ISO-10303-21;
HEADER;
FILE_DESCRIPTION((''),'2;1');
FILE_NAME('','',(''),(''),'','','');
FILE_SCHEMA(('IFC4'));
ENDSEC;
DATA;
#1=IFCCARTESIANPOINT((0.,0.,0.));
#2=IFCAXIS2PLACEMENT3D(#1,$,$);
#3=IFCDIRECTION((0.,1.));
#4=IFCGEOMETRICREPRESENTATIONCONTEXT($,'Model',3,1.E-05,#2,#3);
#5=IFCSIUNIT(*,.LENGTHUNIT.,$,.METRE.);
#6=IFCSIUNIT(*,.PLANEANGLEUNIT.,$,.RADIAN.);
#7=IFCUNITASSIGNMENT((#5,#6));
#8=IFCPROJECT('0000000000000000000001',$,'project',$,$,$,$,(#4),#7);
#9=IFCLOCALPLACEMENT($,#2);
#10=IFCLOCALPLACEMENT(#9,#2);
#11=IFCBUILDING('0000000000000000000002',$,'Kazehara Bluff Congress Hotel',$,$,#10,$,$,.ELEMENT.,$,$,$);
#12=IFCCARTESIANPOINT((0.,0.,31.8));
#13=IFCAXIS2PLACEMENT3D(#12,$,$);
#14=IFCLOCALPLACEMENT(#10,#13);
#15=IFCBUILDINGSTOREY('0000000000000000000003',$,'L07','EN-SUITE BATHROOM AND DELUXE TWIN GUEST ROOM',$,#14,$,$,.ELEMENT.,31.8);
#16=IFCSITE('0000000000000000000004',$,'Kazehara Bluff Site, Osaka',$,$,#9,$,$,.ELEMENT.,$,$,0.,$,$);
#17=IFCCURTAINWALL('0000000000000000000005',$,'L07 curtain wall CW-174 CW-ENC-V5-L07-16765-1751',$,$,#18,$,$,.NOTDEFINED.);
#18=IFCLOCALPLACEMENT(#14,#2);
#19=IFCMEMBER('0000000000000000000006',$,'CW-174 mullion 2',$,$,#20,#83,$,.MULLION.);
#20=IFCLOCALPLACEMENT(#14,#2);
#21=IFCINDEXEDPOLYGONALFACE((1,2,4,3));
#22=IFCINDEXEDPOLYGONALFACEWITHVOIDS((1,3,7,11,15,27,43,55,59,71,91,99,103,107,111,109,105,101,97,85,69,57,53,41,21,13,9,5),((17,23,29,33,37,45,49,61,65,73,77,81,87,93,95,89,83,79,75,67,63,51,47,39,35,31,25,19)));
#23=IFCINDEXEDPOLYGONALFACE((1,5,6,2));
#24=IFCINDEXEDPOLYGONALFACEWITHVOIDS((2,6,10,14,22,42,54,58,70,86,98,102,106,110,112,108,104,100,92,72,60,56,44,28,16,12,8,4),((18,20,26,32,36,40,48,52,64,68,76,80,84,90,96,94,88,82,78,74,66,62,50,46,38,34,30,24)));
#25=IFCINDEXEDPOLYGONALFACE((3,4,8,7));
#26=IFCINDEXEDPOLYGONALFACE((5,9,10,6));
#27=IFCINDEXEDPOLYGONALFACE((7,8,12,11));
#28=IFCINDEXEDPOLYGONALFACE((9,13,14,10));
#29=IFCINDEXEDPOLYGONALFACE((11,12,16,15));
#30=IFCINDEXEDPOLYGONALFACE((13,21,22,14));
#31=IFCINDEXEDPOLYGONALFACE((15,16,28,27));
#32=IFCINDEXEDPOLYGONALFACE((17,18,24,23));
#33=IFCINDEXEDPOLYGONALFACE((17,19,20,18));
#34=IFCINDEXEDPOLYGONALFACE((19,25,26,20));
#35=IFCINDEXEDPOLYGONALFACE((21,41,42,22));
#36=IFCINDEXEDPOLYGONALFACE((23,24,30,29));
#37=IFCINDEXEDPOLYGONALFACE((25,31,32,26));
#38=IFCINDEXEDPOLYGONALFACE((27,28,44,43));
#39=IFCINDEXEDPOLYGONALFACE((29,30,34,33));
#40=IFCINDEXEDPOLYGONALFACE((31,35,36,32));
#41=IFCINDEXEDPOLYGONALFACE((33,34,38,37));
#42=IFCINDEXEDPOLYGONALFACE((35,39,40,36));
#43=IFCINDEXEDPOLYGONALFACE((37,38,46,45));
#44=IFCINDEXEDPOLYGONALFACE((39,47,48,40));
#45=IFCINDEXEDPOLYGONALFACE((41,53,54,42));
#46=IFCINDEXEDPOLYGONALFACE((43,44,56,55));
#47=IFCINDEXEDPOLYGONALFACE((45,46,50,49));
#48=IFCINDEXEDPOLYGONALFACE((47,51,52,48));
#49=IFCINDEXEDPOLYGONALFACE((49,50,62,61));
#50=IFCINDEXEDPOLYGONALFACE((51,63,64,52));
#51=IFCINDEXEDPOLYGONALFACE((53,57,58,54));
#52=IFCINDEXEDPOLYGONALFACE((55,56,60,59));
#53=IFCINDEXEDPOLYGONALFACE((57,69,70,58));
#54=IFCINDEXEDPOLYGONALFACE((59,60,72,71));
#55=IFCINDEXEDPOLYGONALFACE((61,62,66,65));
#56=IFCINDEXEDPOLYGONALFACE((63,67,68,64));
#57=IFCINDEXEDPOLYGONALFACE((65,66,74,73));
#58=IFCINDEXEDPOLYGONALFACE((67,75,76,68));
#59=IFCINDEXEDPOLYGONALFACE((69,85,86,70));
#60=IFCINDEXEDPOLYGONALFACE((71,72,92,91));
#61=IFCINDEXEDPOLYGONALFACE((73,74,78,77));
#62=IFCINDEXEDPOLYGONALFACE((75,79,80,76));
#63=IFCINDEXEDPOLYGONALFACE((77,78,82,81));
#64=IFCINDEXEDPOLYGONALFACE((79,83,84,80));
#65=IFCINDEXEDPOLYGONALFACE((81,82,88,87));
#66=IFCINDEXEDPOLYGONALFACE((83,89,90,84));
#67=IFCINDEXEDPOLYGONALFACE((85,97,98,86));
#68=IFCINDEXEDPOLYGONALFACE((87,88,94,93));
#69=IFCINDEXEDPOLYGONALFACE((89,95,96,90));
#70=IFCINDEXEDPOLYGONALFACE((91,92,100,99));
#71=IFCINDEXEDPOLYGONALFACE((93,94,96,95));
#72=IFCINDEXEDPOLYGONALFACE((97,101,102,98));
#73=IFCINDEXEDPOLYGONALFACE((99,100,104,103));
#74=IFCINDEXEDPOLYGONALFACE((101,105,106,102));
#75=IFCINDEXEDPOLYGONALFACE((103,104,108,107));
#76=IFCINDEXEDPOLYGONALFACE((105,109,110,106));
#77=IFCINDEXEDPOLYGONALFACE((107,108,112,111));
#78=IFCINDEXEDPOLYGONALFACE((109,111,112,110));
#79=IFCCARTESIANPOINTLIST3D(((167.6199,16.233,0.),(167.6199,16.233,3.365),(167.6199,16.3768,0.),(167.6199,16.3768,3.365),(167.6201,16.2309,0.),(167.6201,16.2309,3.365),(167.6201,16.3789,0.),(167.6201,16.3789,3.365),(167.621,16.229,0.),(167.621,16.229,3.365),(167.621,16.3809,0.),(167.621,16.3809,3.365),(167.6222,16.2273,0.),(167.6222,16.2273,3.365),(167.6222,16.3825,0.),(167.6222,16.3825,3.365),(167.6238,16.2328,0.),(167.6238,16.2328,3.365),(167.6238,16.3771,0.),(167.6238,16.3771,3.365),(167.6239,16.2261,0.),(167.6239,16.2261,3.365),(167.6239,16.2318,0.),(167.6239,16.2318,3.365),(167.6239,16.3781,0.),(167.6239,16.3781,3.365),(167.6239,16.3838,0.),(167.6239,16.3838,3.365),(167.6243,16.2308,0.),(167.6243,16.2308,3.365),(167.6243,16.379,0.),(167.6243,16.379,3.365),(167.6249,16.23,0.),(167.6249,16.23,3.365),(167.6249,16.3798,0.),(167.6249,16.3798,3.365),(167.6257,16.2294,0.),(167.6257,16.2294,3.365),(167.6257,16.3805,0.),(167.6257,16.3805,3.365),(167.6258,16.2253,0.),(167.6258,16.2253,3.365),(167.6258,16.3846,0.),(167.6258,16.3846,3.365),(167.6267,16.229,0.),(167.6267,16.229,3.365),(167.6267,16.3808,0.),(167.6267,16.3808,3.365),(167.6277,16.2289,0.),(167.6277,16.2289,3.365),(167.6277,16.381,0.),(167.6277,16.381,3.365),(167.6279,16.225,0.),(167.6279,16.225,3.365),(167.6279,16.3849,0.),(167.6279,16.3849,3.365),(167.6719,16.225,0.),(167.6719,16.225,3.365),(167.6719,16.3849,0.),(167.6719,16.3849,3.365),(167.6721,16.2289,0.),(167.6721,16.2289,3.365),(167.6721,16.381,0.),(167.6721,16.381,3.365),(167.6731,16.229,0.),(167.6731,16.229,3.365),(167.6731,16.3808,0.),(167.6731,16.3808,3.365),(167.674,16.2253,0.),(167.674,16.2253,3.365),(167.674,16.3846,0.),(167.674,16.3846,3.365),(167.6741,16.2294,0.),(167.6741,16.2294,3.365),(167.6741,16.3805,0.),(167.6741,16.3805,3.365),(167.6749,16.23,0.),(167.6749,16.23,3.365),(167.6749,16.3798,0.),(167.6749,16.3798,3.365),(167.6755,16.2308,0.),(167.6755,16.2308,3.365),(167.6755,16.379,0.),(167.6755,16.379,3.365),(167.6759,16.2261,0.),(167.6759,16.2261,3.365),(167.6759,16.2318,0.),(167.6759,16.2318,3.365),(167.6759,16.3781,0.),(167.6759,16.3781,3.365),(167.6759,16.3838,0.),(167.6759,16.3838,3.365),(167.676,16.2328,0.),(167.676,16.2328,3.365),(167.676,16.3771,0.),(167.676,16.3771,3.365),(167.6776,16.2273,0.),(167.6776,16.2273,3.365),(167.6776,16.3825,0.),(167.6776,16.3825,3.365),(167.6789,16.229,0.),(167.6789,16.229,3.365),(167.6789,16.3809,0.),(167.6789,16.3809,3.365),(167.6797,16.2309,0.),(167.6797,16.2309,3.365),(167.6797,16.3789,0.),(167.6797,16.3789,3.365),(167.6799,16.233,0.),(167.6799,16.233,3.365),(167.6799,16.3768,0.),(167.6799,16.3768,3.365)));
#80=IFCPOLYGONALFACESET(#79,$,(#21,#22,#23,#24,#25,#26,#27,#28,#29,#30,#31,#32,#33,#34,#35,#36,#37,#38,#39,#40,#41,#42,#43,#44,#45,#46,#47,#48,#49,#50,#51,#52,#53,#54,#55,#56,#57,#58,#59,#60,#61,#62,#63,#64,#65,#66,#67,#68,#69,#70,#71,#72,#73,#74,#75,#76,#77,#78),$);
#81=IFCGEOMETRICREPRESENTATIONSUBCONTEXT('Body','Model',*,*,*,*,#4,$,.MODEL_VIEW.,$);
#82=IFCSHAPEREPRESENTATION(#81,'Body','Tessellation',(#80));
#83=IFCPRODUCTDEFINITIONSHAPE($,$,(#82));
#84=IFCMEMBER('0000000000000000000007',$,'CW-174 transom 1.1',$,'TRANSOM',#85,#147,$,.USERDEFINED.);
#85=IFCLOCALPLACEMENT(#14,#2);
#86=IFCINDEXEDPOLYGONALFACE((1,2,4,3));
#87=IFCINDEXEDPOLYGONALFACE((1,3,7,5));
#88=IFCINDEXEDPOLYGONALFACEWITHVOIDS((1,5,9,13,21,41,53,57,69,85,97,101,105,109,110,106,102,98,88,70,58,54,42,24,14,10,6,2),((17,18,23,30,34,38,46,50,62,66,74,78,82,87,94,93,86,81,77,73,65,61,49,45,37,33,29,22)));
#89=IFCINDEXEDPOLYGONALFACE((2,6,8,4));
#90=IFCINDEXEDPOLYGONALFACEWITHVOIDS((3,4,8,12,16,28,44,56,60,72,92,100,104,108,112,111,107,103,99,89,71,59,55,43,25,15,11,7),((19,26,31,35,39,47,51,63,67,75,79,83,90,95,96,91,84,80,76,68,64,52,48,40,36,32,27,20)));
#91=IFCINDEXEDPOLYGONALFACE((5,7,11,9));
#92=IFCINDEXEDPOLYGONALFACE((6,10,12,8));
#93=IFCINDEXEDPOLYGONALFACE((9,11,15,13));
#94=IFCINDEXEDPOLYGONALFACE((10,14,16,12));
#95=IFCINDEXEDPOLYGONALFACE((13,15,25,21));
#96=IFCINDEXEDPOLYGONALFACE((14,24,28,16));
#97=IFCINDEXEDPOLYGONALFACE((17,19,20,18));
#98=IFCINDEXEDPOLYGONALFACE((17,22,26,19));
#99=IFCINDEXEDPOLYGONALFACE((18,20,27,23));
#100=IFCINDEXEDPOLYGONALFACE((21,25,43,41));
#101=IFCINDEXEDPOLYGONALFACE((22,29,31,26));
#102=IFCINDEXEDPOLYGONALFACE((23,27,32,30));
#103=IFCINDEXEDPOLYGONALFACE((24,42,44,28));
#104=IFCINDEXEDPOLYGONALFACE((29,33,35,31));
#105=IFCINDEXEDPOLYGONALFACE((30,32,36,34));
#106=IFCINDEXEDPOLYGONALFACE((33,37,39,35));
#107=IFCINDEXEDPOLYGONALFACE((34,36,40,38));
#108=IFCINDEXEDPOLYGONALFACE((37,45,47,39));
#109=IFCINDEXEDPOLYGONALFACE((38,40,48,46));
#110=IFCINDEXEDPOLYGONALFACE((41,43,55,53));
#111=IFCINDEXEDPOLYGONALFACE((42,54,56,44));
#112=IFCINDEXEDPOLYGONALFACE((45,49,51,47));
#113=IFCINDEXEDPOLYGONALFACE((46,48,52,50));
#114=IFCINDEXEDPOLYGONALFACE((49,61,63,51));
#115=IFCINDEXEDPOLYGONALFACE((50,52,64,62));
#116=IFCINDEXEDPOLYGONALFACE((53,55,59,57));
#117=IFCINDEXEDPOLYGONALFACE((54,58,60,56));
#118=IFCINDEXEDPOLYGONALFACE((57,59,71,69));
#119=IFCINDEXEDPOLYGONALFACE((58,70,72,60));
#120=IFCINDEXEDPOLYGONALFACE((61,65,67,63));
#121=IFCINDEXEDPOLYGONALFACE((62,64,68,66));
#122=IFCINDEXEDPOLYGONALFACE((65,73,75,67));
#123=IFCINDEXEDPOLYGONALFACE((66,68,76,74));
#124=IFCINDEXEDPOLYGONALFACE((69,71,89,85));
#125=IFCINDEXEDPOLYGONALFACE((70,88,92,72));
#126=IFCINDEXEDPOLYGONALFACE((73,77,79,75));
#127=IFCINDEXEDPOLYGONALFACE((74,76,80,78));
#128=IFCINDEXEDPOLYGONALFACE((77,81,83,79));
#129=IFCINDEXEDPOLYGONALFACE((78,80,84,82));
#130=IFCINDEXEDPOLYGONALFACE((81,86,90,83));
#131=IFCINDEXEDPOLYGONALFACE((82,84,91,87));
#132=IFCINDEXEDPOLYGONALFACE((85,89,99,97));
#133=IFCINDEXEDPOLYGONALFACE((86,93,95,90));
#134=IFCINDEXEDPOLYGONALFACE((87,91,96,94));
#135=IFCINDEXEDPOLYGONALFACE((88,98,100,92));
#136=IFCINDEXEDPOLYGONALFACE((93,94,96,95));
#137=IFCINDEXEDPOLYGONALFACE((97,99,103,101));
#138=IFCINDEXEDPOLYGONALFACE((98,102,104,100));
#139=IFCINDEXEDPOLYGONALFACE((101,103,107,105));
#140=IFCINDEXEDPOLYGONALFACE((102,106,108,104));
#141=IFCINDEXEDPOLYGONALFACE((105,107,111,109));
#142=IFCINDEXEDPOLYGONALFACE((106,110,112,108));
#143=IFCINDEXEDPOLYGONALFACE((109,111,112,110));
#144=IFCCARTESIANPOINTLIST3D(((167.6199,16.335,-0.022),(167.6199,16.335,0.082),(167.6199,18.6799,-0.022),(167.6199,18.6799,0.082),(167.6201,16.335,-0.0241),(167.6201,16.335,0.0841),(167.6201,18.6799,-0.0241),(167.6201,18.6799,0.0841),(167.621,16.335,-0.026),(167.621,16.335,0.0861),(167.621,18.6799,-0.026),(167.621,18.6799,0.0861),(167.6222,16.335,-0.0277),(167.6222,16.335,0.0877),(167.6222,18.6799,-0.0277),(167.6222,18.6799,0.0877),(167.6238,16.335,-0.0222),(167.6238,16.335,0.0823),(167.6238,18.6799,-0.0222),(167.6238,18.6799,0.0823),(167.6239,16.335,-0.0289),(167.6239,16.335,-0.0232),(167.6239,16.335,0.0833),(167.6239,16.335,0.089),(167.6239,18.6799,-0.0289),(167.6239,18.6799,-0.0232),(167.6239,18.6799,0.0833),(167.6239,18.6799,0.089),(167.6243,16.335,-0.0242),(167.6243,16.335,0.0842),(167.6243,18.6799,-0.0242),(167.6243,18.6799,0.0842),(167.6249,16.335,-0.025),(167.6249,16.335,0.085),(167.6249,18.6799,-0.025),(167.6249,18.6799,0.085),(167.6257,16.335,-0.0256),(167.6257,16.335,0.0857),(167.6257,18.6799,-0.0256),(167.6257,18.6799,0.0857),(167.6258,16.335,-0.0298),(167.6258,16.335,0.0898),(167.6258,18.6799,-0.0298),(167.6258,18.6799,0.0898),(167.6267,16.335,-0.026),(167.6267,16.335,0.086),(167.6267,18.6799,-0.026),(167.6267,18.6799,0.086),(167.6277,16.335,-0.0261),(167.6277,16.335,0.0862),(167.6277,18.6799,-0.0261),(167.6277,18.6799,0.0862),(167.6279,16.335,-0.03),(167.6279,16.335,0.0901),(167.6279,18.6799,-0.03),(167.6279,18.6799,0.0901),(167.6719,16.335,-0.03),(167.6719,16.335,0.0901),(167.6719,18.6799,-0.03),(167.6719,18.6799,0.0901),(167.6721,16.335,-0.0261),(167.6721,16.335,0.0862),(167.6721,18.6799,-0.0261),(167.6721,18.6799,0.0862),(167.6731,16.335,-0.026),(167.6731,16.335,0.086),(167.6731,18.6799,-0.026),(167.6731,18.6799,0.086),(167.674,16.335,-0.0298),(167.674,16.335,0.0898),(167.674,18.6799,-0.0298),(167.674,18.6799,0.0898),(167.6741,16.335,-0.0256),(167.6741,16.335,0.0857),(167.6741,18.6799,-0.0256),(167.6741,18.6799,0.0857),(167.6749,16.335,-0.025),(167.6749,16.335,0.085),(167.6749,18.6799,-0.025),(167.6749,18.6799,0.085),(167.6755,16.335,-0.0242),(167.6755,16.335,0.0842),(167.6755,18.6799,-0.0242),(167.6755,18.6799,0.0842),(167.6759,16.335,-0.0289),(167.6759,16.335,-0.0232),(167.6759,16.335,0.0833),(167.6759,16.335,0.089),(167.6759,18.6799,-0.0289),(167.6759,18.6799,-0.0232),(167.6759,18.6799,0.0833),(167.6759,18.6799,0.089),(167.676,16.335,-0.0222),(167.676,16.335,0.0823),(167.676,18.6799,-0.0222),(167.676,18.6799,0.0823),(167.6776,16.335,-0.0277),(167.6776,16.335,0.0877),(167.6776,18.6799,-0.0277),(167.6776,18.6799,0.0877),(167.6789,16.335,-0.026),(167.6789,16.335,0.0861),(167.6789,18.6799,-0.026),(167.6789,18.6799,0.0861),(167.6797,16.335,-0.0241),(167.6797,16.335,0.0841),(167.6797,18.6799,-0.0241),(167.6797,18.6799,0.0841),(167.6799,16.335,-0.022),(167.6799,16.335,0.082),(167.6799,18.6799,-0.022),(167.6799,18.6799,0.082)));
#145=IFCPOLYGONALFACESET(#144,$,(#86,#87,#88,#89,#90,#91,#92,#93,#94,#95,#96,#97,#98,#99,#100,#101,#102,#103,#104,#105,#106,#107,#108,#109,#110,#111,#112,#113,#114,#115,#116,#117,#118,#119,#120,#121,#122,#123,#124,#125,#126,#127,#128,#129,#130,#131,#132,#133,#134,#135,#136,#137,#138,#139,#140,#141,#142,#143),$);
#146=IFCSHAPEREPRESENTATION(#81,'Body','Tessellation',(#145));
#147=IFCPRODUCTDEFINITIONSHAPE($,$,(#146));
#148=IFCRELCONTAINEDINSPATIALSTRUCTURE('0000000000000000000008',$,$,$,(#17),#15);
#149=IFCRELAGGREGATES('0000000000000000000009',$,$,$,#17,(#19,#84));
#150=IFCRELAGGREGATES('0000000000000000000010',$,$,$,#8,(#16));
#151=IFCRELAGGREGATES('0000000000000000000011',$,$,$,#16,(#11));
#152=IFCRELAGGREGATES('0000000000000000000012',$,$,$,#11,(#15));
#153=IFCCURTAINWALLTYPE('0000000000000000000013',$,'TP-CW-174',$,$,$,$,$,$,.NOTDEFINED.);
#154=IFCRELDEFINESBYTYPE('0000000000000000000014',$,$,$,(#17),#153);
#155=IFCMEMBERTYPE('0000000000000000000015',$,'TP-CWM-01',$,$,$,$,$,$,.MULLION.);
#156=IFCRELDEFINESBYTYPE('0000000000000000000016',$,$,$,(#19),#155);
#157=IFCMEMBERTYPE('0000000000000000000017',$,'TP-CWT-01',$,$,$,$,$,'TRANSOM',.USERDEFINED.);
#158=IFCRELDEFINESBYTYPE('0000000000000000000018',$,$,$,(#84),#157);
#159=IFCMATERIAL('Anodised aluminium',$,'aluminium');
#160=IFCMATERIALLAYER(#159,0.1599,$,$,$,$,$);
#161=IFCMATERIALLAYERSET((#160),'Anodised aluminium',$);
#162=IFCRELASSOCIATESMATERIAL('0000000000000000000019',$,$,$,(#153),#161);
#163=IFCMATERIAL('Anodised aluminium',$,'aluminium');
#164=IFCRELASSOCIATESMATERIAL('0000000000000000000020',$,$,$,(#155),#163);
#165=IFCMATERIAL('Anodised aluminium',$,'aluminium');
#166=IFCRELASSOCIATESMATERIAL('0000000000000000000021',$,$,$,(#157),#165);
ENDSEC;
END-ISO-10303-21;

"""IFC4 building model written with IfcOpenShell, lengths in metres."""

from ifc_helpers import new_model, si_unit, direction, frame, origin, origin_2d, place, context, subcontext, project, spatial, hollow_rectangle, extrude, material, layer, layer_set, material_profile, profile_set, type_object, element, aggregate, save


model = new_model("IFC4")

# Units and contexts
model_context = context("Model", 3, precision=1e-05, world=origin(), true_north=direction((0.0, 1.0)))
body_context = subcontext(model_context, "Body", "Model", "MODEL_VIEW")
ifc_project = project(units=[si_unit("LENGTHUNIT", "METRE"), si_unit("PLANEANGLEUNIT", "RADIAN")], contexts=[model_context])

# Site, building, storey
site_placement = place(None, origin())
site = spatial("IfcSite", under=ifc_project, at=site_placement, Name="Kazehara Bluff Site, Osaka", CompositionType="ELEMENT", RefElevation=0.0)
building_placement = place(site_placement, origin())
building = spatial("IfcBuilding", under=site, at=building_placement, Name="Kazehara Bluff Congress Hotel", CompositionType="ELEMENT")
storey_placement = place(building_placement, frame((0.0, 0.0, 31.8)))
storey = spatial("IfcBuildingStorey", under=building, at=storey_placement, Name="L07", Description="EN-SUITE BATHROOM AND DELUXE TWIN GUEST ROOM", CompositionType="ELEMENT", Elevation=31.8)

# Curtain wall, members
ifc_material_1 = material(Name="Anodised aluminium", Category="aluminium")
ifc_layer_1 = layer(ifc_material_1, 0.1599)
ifc_layer_set_1 = layer_set([ifc_layer_1], Name="Anodised aluminium")
curtain_wall_type = type_object("IfcCurtainWallType", Name="TP-CW-174", PredefinedType="NOTDEFINED", material=ifc_layer_set_1)
curtain_wall_placement = place(storey_placement, origin())
curtain_wall = element("IfcCurtainWall", 1, at=curtain_wall_placement, inside=storey, type_object=curtain_wall_type, Name="L07 curtain wall CW-174 CW-ENC-V5-L07-16765-1751", PredefinedType="NOTDEFINED")
ifc_material_2 = material(Name="Anodised aluminium", Category="aluminium")
ifc_material_profile_1 = material_profile(ifc_material_2, hollow_rectangle(XDim=0.0601, YDim=0.1599, WallThickness=0.0039, InnerFilletRadius=0.0039, OuterFilletRadius=0.0081, at=origin_2d()))
ifc_profile_set_1 = profile_set([ifc_material_profile_1], Name="Anodised aluminium")
member_type_1 = type_object("IfcMemberType", Name="TP-CWM-01", PredefinedType="MULLION", material=ifc_profile_set_1)
member_1_placement = place(storey_placement, frame((167.6499, 16.3049, 0.0), z_axis=(0.0, 0.0, 1.0), x_axis=(1.0, 0.0, 0.0)))
member_1 = element("IfcMember", 2, at=member_1_placement, type_object=member_type_1, Name="CW-174 mullion 2", PredefinedType="MULLION", context=body_context, shape_type="SweptSolid", body=[
    extrude(hollow_rectangle(XDim=0.0601, YDim=0.1599, WallThickness=0.0039, InnerFilletRadius=0.0039, OuterFilletRadius=0.0081, at=origin_2d()), origin(), (0.0, 0.0, 1.0), 3.365),
])
ifc_material_3 = material(Name="Anodised aluminium", Category="aluminium")
ifc_material_profile_2 = material_profile(ifc_material_3, hollow_rectangle(XDim=0.0601, YDim=0.1201, WallThickness=0.0039, InnerFilletRadius=0.0039, OuterFilletRadius=0.0081, at=origin_2d()))
ifc_profile_set_2 = profile_set([ifc_material_profile_2], Name="Anodised aluminium")
member_type_2 = type_object("IfcMemberType", Name="TP-CWT-01", ElementType="TRANSOM", PredefinedType="USERDEFINED", material=ifc_profile_set_2)
member_2_placement = place(storey_placement, frame((167.6499, 18.6799, 0.03), z_axis=(0.0, -1.0, 0.0), x_axis=(1.0, 0.0, 0.0)))
member_2 = element("IfcMember", 3, at=member_2_placement, type_object=member_type_2, Name="CW-174 transom 1.1", ObjectType="TRANSOM", PredefinedType="USERDEFINED", context=body_context, shape_type="SweptSolid", body=[
    extrude(hollow_rectangle(XDim=0.0601, YDim=0.1201, WallThickness=0.0039, InnerFilletRadius=0.0039, OuterFilletRadius=0.0081, at=origin_2d()), origin(), (0.0, 0.0, 1.0), 2.345),
])

aggregate(curtain_wall, [member_1, member_2])

save(model, "model.ifc")
